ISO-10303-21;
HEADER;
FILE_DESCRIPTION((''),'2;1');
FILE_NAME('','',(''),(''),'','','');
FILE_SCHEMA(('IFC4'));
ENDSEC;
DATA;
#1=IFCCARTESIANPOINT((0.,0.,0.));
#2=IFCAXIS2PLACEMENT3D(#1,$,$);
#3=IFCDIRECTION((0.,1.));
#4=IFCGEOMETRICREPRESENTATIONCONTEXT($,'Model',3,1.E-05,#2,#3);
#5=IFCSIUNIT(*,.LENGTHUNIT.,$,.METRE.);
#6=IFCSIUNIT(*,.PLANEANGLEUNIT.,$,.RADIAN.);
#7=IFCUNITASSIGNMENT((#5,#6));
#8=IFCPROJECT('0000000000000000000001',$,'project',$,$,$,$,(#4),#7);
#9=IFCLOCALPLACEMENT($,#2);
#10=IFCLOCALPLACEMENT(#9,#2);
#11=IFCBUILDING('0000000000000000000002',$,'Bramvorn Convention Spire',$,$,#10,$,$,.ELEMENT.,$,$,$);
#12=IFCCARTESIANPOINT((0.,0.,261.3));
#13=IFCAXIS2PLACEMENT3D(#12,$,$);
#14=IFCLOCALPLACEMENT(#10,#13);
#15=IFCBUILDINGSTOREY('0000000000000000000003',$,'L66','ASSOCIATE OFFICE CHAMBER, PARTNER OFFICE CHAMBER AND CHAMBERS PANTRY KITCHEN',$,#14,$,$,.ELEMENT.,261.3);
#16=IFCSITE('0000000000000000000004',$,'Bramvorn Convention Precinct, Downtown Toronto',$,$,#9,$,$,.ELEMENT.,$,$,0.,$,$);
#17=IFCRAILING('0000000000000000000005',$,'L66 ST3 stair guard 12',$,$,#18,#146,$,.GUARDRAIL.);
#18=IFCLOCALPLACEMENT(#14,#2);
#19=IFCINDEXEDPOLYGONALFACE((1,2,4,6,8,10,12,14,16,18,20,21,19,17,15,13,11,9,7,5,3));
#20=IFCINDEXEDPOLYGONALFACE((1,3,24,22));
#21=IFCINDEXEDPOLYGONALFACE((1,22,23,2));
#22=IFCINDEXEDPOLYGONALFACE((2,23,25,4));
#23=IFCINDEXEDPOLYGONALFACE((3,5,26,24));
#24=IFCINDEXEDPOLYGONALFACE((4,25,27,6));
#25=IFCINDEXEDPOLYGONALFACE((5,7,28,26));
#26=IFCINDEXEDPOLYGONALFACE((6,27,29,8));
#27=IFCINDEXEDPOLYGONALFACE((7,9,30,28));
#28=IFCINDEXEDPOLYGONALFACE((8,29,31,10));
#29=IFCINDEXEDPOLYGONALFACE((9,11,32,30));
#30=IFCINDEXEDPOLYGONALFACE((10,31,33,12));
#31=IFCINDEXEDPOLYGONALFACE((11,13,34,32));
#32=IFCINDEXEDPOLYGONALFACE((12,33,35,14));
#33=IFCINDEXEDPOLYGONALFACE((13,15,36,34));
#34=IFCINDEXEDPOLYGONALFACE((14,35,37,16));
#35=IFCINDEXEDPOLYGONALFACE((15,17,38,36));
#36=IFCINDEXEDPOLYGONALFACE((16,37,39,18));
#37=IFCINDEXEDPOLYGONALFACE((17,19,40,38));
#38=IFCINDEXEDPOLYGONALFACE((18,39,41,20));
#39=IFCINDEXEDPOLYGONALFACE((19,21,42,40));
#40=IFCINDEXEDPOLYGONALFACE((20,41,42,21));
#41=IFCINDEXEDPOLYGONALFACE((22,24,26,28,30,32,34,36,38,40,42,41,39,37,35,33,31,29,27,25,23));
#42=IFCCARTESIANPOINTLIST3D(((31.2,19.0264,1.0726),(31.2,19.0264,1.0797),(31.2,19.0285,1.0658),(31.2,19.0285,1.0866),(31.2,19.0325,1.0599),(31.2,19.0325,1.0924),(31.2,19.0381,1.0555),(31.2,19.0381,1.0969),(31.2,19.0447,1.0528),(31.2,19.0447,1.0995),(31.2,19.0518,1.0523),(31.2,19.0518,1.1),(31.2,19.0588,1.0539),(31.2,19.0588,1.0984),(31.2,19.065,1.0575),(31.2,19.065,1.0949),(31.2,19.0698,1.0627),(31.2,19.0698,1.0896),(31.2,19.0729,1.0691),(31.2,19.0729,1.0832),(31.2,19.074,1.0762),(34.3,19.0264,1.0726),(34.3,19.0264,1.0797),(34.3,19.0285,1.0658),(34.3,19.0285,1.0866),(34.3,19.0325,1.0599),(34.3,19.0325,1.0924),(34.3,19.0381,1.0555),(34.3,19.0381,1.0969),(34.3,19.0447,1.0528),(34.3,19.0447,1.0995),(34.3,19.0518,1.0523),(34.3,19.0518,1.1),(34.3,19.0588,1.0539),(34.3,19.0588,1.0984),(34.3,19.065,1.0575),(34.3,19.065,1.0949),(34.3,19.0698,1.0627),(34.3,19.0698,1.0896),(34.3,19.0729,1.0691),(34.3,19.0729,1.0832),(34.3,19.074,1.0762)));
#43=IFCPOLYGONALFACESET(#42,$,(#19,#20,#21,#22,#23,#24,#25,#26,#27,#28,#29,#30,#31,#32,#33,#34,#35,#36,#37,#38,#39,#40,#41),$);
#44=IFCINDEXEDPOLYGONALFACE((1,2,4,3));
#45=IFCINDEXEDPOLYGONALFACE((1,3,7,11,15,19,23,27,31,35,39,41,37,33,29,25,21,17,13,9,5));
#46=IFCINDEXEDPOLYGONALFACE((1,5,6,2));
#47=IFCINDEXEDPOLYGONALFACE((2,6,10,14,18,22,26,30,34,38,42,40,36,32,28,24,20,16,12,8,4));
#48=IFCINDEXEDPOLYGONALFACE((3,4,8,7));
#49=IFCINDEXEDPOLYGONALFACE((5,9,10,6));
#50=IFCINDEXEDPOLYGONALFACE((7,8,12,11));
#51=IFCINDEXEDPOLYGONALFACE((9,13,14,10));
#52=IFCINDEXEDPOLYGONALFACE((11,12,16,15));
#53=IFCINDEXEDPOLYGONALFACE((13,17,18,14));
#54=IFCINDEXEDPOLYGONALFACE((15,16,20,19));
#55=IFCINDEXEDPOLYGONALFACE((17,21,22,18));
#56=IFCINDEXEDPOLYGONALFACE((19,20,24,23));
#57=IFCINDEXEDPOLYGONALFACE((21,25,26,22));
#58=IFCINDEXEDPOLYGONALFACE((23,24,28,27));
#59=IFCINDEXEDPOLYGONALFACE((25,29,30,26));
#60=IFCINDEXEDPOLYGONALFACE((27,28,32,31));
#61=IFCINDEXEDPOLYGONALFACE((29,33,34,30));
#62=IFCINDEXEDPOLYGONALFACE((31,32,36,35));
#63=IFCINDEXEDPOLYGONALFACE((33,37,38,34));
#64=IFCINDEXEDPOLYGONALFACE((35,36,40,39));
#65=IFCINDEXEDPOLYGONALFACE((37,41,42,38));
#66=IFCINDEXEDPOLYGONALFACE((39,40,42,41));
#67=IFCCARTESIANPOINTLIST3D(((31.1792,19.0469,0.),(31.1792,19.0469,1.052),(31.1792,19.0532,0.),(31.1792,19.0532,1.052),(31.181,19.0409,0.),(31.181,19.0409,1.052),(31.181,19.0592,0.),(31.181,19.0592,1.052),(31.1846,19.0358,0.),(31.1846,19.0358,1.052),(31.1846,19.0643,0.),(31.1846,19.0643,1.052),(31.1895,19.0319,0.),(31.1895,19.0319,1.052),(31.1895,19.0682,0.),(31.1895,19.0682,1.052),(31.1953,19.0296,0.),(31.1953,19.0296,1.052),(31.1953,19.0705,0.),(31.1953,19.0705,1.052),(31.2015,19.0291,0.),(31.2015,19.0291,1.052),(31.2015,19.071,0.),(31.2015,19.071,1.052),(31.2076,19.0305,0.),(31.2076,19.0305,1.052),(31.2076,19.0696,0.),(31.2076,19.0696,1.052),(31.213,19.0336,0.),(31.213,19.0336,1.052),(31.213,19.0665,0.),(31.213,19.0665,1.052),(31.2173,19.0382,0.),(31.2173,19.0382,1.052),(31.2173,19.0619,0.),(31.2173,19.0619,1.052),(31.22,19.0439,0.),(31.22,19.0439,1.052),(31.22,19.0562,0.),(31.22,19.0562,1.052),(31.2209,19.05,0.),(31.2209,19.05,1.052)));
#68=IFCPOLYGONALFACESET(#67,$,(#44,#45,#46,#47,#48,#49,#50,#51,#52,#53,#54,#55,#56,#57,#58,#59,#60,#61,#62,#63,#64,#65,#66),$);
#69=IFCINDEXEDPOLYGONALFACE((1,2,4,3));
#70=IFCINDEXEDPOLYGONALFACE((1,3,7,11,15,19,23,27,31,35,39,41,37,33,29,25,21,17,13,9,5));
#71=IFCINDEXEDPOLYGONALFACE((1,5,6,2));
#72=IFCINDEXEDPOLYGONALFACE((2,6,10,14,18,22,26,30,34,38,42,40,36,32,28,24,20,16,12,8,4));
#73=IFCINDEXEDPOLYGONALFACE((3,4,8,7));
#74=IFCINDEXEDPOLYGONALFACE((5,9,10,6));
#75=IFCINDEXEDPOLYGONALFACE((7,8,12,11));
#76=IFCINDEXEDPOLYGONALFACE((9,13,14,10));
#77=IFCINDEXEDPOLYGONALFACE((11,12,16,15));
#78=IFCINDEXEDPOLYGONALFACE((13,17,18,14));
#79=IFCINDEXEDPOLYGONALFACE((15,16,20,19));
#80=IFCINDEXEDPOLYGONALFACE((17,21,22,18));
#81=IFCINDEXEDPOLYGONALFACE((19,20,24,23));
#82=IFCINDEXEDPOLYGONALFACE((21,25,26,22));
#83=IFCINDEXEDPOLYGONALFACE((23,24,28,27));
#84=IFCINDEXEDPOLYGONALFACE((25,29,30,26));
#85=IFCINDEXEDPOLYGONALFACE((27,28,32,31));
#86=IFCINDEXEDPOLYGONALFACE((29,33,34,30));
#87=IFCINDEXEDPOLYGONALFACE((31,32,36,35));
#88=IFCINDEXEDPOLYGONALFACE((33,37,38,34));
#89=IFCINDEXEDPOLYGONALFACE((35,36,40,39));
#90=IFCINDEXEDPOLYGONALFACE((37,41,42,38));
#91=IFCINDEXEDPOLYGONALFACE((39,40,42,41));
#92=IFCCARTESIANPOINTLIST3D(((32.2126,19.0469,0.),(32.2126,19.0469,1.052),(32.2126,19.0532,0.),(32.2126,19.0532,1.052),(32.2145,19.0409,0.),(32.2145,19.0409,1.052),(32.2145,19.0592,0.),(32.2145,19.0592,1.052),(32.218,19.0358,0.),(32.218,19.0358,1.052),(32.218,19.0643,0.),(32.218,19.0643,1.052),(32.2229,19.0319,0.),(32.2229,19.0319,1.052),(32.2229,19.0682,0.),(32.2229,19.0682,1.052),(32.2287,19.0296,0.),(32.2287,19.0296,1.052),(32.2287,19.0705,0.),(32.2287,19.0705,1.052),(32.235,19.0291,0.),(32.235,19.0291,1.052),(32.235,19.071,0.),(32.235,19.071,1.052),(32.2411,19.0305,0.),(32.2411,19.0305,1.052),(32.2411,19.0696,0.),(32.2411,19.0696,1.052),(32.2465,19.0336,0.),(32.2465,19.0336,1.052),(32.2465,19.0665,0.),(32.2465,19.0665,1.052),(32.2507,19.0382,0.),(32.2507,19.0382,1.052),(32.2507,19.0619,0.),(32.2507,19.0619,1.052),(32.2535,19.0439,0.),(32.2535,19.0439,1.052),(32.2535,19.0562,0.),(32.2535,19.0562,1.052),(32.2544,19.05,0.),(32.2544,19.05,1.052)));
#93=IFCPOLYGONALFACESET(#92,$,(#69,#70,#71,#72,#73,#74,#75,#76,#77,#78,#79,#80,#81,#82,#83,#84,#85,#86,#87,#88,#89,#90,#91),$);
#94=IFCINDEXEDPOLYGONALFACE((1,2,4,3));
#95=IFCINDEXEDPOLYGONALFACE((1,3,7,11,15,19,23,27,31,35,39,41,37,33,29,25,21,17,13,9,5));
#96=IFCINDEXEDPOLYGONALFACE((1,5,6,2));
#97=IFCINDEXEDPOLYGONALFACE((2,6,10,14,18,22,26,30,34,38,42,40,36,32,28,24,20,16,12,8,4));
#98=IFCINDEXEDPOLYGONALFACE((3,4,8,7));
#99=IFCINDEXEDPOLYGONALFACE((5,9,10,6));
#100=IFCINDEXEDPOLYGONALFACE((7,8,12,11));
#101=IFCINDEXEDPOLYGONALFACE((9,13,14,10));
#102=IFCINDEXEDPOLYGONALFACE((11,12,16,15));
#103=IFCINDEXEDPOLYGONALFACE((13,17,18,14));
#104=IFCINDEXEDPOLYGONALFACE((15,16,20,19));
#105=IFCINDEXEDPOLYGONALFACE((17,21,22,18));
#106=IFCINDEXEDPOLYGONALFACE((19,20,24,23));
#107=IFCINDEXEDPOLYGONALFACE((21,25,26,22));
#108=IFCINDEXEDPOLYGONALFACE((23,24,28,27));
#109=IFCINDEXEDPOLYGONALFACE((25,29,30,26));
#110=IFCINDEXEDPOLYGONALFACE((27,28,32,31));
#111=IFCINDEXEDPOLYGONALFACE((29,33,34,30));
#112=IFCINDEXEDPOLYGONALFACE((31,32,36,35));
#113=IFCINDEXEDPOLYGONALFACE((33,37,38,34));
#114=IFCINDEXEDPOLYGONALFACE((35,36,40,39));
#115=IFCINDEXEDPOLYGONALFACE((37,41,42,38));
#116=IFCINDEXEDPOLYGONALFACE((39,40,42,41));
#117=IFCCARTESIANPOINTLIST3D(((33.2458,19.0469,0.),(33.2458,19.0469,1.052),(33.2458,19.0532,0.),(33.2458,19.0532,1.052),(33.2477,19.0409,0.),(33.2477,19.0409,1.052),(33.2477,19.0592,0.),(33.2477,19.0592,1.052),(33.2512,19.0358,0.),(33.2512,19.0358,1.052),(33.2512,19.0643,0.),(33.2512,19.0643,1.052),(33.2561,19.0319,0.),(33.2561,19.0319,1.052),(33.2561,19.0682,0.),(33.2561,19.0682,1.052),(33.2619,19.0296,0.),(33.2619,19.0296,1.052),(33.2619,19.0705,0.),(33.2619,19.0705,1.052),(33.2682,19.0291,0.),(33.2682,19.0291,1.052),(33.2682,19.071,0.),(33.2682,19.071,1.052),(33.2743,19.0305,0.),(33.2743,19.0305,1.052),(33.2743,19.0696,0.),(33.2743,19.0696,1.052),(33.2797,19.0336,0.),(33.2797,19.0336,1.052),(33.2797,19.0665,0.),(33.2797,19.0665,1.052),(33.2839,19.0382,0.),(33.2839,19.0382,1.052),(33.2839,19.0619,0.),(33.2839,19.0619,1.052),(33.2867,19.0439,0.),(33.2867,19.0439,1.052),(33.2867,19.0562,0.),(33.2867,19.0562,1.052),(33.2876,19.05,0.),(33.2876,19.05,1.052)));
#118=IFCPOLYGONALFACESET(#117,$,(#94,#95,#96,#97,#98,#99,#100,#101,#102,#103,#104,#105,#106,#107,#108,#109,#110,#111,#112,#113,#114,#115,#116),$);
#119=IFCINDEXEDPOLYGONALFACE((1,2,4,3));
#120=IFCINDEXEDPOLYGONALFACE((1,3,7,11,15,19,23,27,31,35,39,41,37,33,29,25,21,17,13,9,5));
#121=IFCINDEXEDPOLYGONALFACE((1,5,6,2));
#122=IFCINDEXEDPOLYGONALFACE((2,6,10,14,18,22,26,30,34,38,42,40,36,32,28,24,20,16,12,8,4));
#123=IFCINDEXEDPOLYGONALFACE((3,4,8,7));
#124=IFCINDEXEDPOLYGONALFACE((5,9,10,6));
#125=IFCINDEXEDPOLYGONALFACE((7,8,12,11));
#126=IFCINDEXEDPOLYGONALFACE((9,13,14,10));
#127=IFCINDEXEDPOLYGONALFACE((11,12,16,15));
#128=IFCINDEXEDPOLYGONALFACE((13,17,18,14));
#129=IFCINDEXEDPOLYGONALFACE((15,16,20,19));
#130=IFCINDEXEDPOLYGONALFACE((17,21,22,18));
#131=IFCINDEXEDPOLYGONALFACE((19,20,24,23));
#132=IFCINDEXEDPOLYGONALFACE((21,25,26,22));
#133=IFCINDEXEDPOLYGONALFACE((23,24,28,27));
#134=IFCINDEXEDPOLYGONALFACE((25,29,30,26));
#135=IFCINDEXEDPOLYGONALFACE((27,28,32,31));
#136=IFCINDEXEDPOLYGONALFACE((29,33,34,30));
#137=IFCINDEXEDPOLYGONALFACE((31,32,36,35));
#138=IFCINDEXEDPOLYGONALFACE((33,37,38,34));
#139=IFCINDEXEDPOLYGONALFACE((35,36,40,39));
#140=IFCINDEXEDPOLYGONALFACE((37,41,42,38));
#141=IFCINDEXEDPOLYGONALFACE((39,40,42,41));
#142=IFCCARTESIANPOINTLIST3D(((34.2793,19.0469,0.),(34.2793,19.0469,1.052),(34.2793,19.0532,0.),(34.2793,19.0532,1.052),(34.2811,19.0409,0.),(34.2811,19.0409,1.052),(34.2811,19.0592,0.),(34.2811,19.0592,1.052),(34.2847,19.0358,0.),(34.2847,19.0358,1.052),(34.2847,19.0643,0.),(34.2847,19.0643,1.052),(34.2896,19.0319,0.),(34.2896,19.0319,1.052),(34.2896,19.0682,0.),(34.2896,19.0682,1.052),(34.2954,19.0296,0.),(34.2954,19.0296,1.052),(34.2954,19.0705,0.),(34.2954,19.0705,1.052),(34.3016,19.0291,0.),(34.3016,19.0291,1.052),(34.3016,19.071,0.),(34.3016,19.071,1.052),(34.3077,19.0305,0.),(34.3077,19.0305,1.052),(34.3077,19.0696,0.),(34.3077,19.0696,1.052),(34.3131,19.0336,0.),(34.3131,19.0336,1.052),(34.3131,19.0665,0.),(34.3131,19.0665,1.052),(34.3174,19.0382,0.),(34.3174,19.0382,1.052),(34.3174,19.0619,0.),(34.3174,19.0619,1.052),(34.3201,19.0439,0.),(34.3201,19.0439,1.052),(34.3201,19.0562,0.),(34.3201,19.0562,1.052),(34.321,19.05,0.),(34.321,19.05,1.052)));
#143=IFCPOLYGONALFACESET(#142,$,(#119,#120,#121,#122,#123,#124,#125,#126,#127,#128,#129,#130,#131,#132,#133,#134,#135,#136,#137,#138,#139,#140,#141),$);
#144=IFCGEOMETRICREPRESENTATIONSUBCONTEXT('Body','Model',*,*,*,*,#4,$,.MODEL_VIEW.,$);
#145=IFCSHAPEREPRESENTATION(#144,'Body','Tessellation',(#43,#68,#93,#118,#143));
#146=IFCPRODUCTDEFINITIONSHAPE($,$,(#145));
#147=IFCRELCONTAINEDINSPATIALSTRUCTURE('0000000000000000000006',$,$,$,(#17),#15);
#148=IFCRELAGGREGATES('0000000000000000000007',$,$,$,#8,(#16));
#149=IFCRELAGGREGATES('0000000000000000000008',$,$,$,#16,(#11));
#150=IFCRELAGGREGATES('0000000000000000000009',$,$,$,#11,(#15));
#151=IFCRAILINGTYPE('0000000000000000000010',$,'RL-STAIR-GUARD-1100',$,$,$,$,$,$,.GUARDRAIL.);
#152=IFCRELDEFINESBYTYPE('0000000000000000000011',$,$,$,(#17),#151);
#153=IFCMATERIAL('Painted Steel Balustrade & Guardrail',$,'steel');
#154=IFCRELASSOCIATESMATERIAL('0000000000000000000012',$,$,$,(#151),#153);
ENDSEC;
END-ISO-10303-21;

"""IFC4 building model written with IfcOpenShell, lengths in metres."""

from ifc_helpers import new_model, si_unit, direction, frame, origin, origin_2d, place, context, subcontext, project, spatial, circle, extrude, material, type_object, element, save


model = new_model("IFC4")

# Units and contexts
model_context = context("Model", 3, precision=1e-05, world=origin(), true_north=direction((0.0, 1.0)))
body_context = subcontext(model_context, "Body", "Model", "MODEL_VIEW")
ifc_project = project(units=[si_unit("LENGTHUNIT", "METRE"), si_unit("PLANEANGLEUNIT", "RADIAN")], contexts=[model_context])

# Site, building, storey
site_placement = place(None, origin())
site = spatial("IfcSite", under=ifc_project, at=site_placement, Name="Bramvorn Convention Precinct, Downtown Toronto", CompositionType="ELEMENT", RefElevation=0.0)
building_placement = place(site_placement, origin())
building = spatial("IfcBuilding", under=site, at=building_placement, Name="Bramvorn Convention Spire", CompositionType="ELEMENT")
storey_placement = place(building_placement, frame((0.0, 0.0, 261.3)))
storey = spatial("IfcBuildingStorey", under=building, at=storey_placement, Name="L66", Description="ASSOCIATE OFFICE CHAMBER, PARTNER OFFICE CHAMBER AND CHAMBERS PANTRY KITCHEN", CompositionType="ELEMENT", Elevation=261.3)

# Railing
ifc_material_1 = material(Name="Painted Steel Balustrade & Guardrail", Category="steel")
railing_type_1 = type_object("IfcRailingType", Name="RL-STAIR-GUARD-1100", PredefinedType="GUARDRAIL", material=ifc_material_1)
railing_1_placement = place(storey_placement, frame((31.2, 19.05, 0.0)))
element("IfcRailing", 1, at=railing_1_placement, inside=storey, type_object=railing_type_1, Name="L66 ST3 stair guard 12", PredefinedType="GUARDRAIL", context=body_context, shape_type="SweptSolid", body=[
    extrude(circle(Radius=0.0239, at=origin_2d()), frame((0.0, 0.0, 1.0762), z_axis=(1.0, 0.0, 0.0), x_axis=(0.0, 1.0, 0.0)), (0.0, 0.0, 1.0), 3.1001),
    extrude(circle(Radius=0.021, at=origin_2d()), origin(), (0.0, 0.0, 1.0), 1.052),
    extrude(circle(Radius=0.021, at=origin_2d()), frame((1.0334, 0.0, 0.0)), (0.0, 0.0, 1.0), 1.052),
    extrude(circle(Radius=0.021, at=origin_2d()), frame((2.0667, 0.0, 0.0)), (0.0, 0.0, 1.0), 1.052),
    extrude(circle(Radius=0.021, at=origin_2d()), frame((3.1001, 0.0, 0.0)), (0.0, 0.0, 1.0), 1.052),
])

save(model, "model.ifc")
